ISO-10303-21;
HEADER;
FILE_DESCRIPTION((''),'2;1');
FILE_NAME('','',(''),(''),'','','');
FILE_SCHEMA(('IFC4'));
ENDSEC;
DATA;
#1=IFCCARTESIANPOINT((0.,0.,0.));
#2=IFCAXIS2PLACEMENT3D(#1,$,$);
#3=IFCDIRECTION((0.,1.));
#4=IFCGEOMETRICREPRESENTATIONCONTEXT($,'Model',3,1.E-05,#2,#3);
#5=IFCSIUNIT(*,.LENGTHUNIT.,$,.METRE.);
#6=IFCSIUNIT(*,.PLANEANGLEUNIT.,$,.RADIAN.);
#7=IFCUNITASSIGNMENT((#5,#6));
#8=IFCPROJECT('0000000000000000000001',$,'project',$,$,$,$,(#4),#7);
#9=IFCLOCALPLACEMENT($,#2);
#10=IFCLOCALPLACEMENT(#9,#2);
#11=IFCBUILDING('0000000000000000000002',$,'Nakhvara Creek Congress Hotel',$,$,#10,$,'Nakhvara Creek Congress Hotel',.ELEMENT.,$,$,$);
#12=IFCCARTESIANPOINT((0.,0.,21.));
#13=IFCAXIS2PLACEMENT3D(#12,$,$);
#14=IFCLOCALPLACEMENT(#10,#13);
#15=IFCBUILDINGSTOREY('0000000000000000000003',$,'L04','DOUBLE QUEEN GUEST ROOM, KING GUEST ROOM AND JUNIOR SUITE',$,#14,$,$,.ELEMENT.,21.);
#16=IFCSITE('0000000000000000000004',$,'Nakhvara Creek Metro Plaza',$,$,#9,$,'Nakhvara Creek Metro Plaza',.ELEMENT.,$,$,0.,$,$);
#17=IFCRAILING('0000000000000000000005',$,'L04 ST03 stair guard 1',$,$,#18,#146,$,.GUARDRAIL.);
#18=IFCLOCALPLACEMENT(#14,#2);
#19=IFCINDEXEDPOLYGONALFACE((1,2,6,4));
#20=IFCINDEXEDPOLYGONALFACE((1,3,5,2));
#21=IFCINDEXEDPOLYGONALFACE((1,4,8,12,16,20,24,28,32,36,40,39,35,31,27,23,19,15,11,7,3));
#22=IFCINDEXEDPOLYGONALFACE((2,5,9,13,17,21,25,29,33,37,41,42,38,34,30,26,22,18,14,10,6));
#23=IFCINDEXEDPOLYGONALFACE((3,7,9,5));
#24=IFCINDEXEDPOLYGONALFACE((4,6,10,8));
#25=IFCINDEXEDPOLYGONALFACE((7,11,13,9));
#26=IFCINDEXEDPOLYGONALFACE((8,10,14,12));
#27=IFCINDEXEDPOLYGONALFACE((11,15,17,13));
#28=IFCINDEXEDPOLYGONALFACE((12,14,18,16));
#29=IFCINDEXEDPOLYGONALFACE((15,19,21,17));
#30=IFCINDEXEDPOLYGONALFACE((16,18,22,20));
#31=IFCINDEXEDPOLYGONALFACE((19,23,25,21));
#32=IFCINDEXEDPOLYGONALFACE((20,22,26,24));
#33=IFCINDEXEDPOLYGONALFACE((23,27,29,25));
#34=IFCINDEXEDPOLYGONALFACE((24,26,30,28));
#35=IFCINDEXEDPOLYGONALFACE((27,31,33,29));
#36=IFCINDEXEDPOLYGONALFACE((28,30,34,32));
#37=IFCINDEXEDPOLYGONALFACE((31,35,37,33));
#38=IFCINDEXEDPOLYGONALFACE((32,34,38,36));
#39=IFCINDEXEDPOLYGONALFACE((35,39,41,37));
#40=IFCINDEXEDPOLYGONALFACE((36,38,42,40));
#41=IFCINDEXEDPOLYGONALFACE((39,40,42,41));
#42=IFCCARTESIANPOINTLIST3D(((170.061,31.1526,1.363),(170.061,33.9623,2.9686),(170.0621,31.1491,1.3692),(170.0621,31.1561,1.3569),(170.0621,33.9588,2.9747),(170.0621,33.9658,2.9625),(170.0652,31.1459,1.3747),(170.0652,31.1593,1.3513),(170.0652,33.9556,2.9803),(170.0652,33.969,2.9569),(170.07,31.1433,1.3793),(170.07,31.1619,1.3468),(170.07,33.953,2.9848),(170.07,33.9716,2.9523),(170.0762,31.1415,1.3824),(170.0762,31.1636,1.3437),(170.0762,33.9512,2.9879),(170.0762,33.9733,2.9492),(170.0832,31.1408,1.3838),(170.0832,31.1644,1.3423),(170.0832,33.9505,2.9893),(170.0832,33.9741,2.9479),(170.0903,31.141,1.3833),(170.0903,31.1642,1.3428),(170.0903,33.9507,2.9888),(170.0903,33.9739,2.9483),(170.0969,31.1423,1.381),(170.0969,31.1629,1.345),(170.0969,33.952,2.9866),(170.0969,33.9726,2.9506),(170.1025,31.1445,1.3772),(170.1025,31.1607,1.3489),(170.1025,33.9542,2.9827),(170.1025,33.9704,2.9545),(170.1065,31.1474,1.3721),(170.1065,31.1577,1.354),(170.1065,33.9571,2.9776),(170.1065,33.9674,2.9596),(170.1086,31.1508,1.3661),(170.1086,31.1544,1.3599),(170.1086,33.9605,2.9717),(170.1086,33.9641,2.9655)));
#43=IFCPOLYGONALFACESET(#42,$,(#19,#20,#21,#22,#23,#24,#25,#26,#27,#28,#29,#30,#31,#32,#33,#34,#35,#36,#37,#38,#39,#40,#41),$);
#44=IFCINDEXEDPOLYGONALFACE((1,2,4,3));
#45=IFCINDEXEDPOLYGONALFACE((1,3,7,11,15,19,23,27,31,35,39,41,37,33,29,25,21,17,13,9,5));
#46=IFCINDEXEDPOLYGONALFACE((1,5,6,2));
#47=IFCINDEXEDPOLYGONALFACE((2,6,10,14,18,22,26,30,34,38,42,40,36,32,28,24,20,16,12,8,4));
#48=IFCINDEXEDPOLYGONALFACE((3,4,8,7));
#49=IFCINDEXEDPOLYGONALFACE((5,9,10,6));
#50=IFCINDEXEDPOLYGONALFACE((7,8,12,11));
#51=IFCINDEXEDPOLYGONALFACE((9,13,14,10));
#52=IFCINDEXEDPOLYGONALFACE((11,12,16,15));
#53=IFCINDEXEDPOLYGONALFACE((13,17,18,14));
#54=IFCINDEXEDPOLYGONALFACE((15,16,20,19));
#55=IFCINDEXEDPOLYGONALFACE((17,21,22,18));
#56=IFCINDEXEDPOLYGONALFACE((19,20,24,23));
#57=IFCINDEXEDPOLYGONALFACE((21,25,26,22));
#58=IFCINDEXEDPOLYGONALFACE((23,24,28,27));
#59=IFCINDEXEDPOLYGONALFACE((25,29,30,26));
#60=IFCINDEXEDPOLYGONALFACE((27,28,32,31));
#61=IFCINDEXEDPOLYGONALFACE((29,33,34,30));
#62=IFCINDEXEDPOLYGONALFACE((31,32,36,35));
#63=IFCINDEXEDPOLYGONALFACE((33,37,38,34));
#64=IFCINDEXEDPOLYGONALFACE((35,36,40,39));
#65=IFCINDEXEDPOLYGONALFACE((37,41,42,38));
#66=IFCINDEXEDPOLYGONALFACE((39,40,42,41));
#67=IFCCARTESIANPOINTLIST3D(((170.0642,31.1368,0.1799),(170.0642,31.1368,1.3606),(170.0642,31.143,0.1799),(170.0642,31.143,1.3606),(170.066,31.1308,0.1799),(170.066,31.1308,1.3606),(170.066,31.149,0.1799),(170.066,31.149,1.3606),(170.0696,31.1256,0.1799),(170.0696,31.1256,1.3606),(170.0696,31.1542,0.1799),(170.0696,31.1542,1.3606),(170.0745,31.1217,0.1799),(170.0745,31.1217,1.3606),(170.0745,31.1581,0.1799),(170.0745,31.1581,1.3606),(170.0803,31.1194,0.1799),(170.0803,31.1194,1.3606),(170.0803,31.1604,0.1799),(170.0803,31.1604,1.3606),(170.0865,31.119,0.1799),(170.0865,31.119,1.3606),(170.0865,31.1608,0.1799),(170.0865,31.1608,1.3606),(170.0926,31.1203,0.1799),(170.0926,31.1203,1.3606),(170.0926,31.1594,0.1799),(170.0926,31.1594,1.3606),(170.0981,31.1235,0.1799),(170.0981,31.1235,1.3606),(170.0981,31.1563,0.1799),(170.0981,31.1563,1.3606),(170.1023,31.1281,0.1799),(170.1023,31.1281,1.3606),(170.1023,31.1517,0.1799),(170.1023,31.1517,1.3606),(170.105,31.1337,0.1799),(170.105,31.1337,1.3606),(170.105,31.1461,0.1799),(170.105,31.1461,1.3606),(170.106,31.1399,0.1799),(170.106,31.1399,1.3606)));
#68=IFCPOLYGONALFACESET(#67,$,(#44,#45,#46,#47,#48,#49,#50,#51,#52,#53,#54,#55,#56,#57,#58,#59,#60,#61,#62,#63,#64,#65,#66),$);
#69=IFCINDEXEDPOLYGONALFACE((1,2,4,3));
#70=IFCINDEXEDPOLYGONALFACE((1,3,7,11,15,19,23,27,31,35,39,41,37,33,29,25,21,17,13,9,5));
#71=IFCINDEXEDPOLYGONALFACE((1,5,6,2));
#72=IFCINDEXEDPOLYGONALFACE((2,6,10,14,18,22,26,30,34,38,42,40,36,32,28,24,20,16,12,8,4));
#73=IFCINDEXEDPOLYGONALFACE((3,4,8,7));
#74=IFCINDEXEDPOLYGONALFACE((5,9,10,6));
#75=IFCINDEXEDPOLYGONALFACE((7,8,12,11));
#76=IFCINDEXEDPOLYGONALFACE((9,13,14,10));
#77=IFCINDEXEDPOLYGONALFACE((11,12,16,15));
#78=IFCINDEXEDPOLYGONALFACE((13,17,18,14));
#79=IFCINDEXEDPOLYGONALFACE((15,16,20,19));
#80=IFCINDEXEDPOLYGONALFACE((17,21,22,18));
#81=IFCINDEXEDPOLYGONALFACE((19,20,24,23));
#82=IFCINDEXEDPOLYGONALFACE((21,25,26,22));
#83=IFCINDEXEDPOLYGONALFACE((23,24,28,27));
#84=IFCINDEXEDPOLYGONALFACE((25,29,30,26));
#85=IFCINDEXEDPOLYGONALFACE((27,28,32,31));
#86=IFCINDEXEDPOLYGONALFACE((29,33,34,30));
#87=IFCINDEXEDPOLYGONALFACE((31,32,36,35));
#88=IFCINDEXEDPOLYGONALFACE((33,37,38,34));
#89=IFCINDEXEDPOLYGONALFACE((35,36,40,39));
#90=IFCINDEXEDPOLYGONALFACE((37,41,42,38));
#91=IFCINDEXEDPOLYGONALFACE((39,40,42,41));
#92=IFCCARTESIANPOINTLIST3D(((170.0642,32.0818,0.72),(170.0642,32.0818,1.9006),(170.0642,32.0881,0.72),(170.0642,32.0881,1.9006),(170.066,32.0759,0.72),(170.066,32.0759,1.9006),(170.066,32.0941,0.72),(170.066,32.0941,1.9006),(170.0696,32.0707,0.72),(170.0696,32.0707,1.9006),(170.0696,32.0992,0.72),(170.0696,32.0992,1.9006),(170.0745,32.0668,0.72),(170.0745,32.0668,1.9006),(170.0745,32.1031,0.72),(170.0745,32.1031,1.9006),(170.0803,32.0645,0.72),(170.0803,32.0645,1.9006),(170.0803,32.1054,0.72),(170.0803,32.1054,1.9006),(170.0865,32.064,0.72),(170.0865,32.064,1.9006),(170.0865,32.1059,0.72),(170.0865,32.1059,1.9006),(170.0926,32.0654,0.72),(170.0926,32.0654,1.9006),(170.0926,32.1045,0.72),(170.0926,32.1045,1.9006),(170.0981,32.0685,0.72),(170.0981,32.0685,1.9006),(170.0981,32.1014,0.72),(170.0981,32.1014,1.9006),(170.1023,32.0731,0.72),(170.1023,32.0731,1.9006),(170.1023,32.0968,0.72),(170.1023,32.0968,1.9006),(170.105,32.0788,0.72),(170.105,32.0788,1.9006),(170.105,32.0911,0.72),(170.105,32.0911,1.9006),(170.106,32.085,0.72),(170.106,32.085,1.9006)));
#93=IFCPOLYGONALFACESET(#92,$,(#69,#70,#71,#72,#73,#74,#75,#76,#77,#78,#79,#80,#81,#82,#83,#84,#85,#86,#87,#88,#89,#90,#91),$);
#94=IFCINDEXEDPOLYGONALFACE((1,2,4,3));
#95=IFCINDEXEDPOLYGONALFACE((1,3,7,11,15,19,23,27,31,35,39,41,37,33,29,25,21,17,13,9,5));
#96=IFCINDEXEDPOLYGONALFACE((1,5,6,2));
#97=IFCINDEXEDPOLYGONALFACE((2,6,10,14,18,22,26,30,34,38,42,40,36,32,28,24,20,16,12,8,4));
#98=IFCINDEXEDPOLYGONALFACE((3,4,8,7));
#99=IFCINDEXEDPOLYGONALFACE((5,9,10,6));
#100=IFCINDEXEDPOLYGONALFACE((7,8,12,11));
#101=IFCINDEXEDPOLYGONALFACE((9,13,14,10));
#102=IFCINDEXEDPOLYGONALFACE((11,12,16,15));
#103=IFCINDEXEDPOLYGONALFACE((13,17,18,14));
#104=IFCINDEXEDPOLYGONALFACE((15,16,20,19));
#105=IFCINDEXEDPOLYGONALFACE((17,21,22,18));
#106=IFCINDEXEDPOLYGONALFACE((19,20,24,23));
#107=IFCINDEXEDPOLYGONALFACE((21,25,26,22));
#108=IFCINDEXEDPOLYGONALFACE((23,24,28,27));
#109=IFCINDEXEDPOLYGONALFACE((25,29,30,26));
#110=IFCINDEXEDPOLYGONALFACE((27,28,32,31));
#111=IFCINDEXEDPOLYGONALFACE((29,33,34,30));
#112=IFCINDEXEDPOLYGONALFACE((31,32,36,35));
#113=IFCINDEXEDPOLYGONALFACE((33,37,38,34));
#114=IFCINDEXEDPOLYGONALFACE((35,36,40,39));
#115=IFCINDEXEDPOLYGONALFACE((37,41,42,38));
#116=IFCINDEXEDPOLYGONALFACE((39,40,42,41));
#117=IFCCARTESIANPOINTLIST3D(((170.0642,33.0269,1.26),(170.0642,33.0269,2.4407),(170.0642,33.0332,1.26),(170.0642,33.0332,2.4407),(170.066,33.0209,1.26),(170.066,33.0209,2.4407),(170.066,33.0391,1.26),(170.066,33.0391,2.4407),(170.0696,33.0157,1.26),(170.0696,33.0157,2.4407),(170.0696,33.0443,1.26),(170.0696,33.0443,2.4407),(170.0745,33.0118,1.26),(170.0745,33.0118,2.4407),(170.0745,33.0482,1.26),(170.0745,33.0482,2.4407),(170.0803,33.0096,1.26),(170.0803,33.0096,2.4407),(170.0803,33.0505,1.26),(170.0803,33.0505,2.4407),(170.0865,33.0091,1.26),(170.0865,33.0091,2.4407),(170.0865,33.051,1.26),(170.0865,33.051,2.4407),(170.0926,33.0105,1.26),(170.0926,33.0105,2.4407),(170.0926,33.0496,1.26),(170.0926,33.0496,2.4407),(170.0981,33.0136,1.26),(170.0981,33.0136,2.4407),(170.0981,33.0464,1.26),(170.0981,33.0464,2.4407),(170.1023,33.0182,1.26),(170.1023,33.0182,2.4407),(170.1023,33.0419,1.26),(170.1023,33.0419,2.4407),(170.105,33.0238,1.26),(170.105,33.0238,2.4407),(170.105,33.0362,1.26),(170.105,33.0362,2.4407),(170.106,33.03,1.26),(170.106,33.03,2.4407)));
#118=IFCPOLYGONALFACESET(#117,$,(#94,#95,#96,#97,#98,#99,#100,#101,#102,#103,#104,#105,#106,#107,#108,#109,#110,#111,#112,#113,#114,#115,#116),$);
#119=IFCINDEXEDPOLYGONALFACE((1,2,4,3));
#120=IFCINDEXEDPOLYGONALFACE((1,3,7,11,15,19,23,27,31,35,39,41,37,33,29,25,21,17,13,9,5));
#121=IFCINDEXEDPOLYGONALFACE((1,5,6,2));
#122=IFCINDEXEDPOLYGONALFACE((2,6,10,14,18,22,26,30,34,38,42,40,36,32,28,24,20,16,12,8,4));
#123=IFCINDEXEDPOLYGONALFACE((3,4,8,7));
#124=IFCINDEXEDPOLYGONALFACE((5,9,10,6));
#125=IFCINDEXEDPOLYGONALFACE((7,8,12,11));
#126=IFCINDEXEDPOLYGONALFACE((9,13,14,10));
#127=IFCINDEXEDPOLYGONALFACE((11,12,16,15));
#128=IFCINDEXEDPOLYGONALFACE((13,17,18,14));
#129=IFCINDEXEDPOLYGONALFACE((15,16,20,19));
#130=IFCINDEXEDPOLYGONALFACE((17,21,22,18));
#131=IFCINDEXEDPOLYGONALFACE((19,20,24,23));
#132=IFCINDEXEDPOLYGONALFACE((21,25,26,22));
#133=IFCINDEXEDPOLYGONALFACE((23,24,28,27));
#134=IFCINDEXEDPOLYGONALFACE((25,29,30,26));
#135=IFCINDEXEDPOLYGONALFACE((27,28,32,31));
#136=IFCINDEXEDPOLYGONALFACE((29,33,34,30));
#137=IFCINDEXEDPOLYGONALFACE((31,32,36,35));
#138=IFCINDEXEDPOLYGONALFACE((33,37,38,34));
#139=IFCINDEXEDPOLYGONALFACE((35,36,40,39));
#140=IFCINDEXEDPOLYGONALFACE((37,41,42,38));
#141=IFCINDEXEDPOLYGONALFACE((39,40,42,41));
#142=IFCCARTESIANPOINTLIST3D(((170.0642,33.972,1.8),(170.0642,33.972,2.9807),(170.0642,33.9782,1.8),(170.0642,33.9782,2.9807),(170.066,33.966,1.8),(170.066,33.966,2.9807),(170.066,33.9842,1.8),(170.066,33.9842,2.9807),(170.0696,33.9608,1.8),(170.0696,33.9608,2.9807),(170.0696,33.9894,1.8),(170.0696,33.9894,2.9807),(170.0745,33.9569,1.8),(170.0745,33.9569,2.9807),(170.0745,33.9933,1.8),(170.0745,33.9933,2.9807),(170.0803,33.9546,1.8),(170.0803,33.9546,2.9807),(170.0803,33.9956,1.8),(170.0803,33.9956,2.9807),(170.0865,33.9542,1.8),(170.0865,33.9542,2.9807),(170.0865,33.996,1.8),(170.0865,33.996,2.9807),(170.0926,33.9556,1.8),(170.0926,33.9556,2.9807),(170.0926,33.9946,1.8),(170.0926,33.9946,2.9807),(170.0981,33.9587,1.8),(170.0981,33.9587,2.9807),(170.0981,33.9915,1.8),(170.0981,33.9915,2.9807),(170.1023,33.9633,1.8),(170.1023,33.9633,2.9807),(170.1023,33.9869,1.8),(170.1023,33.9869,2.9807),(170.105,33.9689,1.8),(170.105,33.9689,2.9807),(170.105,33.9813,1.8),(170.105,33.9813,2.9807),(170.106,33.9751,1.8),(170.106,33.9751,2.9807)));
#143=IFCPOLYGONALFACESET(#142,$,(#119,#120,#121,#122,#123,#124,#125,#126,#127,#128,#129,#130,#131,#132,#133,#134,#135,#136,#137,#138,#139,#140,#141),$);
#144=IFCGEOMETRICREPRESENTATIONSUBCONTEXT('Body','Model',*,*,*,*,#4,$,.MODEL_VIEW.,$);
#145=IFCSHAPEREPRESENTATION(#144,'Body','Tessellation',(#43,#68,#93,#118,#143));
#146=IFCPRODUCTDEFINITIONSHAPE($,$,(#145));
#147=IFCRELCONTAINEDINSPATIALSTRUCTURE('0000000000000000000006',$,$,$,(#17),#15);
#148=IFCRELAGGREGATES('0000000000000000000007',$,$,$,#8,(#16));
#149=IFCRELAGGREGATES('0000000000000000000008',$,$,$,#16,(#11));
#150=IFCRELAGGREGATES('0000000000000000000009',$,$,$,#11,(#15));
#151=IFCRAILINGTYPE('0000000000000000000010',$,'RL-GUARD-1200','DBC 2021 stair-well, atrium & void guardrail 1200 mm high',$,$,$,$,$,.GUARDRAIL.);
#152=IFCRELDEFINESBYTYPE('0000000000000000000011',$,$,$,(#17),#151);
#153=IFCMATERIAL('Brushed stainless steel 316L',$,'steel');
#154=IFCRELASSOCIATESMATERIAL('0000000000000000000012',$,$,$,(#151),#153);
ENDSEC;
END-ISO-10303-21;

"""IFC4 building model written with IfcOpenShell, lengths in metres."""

from ifc_helpers import new_model, si_unit, direction, frame, origin, origin_2d, place, context, subcontext, project, spatial, circle, extrude, material, type_object, element, save


model = new_model("IFC4")

# Units and contexts
model_context = context("Model", 3, precision=1e-05, world=origin(), true_north=direction((0.0, 1.0)))
body_context = subcontext(model_context, "Body", "Model", "MODEL_VIEW")
ifc_project = project(units=[si_unit("LENGTHUNIT", "METRE"), si_unit("PLANEANGLEUNIT", "RADIAN")], contexts=[model_context])

# Site, building, storey
site_placement = place(None, origin())
site = spatial("IfcSite", under=ifc_project, at=site_placement, Name="Nakhvara Creek Metro Plaza", LongName="Nakhvara Creek Metro Plaza", CompositionType="ELEMENT", RefElevation=0.0)
building_placement = place(site_placement, origin())
building = spatial("IfcBuilding", under=site, at=building_placement, Name="Nakhvara Creek Congress Hotel", LongName="Nakhvara Creek Congress Hotel", CompositionType="ELEMENT")
storey_placement = place(building_placement, frame((0.0, 0.0, 21.0)))
storey = spatial("IfcBuildingStorey", under=building, at=storey_placement, Name="L04", Description="DOUBLE QUEEN GUEST ROOM, KING GUEST ROOM AND JUNIOR SUITE", CompositionType="ELEMENT", Elevation=21.0)

# Railing
ifc_material_1 = material(Name="Brushed stainless steel 316L", Category="steel")
railing_type_1 = type_object("IfcRailingType", Name="RL-GUARD-1200", Description="DBC 2021 stair-well, atrium & void guardrail 1200 mm high", PredefinedType="GUARDRAIL", material=ifc_material_1)
railing_1_placement = place(storey_placement, frame((170.085, 31.1399, 0.1799)))
element("IfcRailing", 1, at=railing_1_placement, inside=storey, type_object=railing_type_1, Name="L04 ST03 stair guard 1", PredefinedType="GUARDRAIL", context=body_context, shape_type="SweptSolid", body=[
    extrude(circle(Radius=0.0239, at=origin_2d()), frame((0.0, 0.0127, 1.1831), z_axis=(0.0, 0.868243, 0.496139), x_axis=(-1.0, 0.0, 0.0)), (0.0, 0.0, 1.0), 3.2361),
    extrude(circle(Radius=0.021, at=origin_2d()), origin(), (0.0, 0.0, 1.0), 1.1807),
    extrude(circle(Radius=0.021, at=origin_2d()), frame((0.0, 0.9451, 0.54)), (0.0, 0.0, 1.0), 1.1807),
    extrude(circle(Radius=0.021, at=origin_2d()), frame((0.0, 1.8901, 1.0801)), (0.0, 0.0, 1.0), 1.1807),
    extrude(circle(Radius=0.021, at=origin_2d()), frame((0.0, 2.8352, 1.6201)), (0.0, 0.0, 1.0), 1.1807),
])

save(model, "model.ifc")
